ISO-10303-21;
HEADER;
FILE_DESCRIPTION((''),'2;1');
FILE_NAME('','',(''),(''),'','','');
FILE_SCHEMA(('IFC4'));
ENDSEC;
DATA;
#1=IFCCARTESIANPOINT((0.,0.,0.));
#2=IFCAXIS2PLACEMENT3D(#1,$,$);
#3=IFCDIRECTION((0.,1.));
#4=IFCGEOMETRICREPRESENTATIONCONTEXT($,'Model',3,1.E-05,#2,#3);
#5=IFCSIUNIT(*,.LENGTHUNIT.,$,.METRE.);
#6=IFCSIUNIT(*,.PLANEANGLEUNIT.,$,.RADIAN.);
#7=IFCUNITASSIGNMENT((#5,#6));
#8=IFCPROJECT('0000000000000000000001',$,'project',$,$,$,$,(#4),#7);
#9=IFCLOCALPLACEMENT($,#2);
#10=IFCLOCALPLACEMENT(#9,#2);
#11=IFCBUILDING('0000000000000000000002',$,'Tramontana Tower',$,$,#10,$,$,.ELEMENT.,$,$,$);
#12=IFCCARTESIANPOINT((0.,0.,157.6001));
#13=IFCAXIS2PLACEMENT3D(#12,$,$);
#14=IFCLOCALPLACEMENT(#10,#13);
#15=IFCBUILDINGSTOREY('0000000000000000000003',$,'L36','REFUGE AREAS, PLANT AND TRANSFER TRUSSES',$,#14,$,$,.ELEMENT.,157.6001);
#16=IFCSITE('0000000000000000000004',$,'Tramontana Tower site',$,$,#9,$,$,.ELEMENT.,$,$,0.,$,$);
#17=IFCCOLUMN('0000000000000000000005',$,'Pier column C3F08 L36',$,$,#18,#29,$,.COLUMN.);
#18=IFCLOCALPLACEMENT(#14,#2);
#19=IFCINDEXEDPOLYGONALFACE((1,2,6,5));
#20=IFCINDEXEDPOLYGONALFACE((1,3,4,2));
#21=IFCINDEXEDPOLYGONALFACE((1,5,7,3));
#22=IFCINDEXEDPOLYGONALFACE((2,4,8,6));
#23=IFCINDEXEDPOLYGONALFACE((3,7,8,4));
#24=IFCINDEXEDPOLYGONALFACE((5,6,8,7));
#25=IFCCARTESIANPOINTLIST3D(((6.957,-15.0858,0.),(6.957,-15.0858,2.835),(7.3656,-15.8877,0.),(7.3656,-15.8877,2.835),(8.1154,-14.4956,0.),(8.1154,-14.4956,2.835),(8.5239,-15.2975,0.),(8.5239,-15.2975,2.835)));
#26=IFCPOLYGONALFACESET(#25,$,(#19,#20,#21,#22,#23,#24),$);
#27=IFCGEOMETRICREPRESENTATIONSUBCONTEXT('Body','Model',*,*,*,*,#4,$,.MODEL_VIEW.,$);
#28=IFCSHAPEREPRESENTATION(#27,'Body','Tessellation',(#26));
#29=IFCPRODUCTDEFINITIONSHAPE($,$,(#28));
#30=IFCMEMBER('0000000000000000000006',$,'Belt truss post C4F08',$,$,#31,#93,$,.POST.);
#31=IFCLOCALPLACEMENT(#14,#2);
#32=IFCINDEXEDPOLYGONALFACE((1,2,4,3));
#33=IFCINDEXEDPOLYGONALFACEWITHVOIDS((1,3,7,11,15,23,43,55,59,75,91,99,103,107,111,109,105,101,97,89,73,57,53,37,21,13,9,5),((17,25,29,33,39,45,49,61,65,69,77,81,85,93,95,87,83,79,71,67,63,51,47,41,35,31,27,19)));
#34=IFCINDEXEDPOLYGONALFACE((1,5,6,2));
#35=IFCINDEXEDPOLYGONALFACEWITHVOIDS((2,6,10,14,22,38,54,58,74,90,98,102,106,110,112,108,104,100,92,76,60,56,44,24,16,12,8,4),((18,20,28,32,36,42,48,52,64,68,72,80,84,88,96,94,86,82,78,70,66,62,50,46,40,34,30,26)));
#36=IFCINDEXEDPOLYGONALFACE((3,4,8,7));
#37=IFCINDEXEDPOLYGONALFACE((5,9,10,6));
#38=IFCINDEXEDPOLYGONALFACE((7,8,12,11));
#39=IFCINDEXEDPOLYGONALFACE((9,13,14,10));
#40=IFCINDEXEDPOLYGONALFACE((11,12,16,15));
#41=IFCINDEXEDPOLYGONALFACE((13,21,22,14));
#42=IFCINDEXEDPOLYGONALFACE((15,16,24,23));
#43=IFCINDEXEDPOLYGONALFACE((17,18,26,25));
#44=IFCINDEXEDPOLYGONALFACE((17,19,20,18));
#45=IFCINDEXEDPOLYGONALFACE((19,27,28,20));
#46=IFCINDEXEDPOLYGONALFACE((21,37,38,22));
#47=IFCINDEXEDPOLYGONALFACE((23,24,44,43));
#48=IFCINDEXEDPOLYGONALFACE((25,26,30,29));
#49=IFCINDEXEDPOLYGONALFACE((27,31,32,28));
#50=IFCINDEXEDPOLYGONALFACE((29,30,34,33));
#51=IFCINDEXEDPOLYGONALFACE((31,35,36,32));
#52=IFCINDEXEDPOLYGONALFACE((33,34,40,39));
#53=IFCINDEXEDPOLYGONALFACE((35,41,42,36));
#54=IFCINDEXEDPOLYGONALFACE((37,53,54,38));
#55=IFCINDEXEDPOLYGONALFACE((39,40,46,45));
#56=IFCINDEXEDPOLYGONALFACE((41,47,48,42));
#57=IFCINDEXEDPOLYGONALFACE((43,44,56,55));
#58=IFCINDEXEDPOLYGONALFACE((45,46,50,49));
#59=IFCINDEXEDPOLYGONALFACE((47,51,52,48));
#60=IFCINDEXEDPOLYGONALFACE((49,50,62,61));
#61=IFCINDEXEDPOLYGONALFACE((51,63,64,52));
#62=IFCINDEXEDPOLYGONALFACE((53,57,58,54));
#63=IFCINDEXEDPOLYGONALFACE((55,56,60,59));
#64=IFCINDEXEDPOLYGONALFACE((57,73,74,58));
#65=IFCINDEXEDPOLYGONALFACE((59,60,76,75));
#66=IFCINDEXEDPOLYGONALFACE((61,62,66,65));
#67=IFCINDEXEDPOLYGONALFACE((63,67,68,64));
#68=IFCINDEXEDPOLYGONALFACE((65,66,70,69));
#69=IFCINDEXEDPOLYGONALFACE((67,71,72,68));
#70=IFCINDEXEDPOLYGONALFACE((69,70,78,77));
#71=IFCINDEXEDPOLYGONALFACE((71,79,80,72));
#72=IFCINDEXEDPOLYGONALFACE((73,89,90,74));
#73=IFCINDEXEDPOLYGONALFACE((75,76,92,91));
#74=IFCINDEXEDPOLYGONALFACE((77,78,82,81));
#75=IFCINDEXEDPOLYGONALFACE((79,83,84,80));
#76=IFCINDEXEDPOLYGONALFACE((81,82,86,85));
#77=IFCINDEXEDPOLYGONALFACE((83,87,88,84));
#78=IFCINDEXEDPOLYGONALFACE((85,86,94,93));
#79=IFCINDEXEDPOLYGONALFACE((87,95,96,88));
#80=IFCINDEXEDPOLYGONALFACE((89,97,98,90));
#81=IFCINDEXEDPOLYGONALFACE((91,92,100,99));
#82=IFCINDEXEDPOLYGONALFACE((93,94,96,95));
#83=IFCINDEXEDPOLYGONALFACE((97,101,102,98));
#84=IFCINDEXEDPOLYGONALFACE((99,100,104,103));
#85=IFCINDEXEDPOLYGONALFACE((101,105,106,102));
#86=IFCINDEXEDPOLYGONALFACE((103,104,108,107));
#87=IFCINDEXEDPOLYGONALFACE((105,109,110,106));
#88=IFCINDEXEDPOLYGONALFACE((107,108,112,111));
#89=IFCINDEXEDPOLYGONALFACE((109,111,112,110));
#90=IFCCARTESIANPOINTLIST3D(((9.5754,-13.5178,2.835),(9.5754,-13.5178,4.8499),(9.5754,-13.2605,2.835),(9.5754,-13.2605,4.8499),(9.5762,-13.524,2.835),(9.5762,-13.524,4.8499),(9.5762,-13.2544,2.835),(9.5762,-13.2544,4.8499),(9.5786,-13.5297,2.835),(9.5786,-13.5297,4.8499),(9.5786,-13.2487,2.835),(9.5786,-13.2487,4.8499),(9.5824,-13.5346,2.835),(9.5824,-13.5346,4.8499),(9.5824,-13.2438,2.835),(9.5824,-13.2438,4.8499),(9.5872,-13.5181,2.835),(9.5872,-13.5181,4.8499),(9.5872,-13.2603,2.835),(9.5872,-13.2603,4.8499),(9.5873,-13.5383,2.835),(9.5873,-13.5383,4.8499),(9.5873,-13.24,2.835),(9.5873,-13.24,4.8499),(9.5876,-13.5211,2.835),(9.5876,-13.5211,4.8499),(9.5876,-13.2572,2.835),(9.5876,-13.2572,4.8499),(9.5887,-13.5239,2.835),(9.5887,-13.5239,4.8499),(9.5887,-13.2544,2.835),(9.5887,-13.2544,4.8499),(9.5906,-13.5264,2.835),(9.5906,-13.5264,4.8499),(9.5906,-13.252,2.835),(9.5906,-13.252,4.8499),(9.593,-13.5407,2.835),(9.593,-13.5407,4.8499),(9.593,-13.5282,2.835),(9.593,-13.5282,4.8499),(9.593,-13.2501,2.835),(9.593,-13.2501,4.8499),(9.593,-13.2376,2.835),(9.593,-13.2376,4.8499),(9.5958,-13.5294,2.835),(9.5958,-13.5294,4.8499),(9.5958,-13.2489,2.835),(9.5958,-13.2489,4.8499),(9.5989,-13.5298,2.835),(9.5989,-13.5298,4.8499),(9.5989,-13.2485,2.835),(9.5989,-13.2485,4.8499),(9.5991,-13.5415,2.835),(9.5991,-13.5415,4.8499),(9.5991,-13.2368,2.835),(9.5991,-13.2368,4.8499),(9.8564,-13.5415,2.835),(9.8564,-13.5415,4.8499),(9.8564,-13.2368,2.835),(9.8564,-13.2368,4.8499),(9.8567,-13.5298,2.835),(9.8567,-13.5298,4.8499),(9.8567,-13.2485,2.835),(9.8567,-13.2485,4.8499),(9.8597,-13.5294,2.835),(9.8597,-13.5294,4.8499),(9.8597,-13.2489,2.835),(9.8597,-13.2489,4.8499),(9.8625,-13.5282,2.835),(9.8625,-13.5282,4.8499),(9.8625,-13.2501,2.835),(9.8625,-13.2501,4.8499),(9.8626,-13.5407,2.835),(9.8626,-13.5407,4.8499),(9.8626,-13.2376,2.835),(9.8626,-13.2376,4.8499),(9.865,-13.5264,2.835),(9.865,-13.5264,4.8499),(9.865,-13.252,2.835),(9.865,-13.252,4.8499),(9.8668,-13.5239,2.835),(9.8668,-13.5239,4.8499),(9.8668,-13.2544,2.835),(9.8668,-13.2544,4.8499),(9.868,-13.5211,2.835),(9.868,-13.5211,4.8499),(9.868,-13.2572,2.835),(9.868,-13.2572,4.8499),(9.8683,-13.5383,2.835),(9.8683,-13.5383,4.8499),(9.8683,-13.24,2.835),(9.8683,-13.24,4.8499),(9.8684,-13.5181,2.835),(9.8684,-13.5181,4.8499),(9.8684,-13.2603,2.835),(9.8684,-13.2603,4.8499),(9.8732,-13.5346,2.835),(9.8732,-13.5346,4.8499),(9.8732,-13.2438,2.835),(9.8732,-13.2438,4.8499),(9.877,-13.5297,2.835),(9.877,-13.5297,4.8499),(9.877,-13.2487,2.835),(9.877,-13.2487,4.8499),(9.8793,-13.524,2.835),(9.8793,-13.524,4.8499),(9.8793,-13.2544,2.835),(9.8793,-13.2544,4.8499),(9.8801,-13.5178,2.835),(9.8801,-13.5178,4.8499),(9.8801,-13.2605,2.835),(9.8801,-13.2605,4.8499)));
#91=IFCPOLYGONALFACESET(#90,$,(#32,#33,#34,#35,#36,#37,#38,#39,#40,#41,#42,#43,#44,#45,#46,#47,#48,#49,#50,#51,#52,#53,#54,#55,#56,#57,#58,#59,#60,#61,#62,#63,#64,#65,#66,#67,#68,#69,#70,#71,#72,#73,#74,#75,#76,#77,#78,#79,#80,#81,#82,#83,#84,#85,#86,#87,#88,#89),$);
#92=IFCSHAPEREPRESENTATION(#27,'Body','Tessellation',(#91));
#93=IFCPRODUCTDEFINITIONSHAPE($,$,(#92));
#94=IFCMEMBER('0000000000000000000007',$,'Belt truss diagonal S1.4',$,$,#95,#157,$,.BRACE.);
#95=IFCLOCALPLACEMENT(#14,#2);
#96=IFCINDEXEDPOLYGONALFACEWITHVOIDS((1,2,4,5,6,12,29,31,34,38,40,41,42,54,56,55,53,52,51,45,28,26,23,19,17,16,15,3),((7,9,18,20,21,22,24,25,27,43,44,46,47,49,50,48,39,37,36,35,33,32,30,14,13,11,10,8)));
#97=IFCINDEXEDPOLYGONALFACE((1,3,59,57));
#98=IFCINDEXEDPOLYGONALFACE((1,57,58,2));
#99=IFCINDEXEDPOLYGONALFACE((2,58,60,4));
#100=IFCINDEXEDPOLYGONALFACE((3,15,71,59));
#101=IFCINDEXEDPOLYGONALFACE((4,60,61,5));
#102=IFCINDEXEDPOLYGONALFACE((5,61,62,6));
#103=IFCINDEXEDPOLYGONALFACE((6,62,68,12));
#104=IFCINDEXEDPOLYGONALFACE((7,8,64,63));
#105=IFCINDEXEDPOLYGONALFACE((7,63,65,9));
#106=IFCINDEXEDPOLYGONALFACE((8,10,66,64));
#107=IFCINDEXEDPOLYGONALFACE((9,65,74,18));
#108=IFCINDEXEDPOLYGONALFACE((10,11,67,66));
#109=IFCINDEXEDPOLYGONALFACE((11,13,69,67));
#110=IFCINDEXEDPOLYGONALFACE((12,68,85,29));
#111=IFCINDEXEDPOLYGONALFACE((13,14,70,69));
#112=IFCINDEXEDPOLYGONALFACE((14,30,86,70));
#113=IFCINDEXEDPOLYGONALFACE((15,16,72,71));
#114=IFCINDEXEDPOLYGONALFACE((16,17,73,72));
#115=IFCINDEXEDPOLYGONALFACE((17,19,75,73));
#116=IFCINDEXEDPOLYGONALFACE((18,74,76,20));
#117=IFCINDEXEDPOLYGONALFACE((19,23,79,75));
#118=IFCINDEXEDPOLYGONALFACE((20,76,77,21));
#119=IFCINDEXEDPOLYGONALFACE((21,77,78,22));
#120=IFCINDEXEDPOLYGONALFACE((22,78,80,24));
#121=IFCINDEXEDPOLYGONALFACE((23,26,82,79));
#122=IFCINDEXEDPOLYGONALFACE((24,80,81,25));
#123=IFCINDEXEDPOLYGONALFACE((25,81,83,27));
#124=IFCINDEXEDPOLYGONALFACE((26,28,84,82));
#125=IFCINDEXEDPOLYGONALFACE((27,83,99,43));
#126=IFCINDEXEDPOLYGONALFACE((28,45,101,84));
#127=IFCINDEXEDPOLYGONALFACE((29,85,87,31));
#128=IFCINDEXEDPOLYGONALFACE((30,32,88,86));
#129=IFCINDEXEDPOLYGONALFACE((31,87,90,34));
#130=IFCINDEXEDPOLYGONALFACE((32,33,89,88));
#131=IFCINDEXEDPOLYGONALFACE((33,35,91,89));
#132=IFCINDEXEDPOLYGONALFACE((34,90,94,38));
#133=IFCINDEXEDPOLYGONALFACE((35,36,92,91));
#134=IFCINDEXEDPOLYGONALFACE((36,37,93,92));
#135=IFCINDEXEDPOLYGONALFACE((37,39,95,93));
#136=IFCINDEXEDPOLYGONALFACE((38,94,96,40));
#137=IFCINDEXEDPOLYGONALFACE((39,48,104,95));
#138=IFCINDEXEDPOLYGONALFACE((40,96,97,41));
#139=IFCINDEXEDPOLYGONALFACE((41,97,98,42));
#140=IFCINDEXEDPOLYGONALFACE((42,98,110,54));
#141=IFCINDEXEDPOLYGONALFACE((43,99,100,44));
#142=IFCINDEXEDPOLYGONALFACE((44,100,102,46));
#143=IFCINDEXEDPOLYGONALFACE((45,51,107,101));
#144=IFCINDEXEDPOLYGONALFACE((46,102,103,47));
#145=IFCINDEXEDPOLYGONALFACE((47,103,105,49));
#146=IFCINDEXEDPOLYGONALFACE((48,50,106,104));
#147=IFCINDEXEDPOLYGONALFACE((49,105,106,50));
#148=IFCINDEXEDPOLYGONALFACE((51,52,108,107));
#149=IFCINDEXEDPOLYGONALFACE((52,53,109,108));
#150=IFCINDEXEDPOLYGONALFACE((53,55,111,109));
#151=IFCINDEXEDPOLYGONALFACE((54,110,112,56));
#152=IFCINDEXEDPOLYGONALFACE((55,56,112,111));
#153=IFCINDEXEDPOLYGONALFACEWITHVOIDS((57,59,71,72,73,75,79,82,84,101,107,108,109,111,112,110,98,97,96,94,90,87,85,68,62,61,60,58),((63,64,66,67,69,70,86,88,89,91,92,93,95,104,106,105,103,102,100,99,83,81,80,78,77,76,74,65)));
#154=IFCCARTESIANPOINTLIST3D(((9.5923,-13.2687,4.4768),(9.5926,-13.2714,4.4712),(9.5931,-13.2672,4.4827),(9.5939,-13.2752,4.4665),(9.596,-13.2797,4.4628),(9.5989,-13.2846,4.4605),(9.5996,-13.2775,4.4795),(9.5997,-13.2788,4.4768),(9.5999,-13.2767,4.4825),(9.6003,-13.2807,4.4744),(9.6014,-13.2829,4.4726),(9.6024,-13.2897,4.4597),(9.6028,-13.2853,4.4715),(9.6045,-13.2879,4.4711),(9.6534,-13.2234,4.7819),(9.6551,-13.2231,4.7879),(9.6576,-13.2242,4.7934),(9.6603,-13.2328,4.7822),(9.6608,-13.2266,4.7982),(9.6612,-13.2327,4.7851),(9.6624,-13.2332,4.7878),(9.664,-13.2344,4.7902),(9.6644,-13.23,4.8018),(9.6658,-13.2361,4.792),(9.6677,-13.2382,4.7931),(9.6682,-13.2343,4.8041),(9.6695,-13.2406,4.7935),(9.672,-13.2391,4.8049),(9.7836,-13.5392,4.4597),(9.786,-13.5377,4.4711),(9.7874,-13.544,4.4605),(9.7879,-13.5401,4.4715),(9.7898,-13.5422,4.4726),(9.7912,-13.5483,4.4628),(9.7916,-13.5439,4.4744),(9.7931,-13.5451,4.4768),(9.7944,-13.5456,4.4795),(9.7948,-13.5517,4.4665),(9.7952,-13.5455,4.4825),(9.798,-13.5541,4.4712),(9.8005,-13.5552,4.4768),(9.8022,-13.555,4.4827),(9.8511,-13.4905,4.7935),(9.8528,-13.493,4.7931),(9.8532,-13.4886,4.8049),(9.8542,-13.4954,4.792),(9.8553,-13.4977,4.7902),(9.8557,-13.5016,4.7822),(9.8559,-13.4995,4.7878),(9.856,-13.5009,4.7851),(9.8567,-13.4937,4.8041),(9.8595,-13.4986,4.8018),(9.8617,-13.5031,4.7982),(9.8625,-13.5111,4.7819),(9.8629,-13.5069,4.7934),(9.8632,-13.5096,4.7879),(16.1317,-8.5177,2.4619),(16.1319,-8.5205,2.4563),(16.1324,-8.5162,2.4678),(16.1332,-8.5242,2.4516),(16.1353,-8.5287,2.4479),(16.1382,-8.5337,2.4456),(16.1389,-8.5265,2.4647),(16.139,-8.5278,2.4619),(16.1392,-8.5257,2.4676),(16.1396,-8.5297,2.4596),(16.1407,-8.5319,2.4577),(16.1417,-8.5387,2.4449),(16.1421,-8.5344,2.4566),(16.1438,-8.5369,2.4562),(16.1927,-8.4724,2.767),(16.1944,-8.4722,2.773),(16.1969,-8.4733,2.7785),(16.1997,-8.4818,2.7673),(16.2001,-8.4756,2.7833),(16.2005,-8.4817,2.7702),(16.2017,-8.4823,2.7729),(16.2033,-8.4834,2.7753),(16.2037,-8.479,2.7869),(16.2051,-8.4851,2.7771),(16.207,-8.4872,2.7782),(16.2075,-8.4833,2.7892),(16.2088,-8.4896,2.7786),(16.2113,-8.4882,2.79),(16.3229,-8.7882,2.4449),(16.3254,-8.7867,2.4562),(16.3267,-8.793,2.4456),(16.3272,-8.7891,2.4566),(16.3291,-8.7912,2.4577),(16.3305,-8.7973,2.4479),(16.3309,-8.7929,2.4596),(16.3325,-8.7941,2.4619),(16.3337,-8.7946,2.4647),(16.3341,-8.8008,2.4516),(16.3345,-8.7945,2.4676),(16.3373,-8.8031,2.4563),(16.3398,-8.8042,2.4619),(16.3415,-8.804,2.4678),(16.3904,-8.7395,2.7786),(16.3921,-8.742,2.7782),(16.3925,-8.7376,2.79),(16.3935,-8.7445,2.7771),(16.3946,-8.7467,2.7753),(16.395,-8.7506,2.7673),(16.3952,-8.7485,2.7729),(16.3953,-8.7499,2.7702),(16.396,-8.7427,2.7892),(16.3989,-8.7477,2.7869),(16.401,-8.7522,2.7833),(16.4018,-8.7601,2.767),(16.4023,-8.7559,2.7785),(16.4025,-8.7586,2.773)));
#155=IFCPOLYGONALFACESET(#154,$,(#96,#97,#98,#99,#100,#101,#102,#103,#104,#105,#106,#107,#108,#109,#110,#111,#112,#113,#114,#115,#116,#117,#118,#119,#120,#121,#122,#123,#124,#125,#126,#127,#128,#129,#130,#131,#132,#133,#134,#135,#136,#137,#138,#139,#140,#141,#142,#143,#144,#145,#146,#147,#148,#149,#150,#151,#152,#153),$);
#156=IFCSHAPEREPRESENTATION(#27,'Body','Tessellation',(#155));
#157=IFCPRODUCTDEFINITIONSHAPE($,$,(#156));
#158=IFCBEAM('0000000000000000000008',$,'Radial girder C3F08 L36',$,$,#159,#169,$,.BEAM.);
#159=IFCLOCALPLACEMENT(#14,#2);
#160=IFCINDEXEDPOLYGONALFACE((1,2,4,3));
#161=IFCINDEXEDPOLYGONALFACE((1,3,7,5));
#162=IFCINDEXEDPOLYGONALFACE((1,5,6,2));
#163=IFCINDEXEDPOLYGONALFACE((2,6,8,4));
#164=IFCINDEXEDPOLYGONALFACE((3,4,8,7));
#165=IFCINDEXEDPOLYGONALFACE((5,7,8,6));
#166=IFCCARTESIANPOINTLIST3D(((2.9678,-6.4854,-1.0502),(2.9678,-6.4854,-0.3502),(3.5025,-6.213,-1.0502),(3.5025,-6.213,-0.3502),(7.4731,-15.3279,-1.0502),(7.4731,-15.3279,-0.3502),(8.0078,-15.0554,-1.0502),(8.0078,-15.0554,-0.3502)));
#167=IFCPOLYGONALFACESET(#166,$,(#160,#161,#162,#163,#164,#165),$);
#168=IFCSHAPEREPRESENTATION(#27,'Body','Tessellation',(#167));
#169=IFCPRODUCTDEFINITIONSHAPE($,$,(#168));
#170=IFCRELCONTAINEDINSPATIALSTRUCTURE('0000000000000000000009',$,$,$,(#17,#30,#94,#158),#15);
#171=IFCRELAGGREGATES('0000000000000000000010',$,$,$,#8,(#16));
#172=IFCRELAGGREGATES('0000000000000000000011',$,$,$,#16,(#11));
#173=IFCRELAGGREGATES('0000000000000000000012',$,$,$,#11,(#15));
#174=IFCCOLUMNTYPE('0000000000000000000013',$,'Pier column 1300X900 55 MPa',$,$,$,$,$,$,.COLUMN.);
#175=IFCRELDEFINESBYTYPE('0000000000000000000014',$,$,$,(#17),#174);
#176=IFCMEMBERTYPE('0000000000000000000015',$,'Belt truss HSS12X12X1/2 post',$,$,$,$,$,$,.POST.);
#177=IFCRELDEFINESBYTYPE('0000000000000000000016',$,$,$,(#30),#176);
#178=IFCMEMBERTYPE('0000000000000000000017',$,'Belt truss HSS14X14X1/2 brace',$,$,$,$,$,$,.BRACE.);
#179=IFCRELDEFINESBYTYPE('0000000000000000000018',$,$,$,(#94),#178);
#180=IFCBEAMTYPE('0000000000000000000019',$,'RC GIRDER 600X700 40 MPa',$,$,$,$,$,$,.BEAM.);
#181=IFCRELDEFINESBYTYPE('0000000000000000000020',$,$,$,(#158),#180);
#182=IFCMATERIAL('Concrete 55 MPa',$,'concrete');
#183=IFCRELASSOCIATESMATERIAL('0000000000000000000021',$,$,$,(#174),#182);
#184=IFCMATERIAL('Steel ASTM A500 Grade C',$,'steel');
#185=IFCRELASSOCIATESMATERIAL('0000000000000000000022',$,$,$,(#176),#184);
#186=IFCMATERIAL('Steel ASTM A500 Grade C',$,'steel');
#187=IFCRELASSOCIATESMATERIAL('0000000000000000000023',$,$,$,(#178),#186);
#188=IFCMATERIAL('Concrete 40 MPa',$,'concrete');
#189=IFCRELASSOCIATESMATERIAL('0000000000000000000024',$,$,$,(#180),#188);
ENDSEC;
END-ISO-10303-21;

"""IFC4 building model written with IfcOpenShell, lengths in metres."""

from ifc_helpers import new_model, si_unit, direction, frame, origin, origin_2d, place, context, subcontext, project, spatial, rectangle, hollow_rectangle, extrude, material, material_profile, profile_set, type_object, element, save


model = new_model("IFC4")

# Units and contexts
model_context = context("Model", 3, precision=1e-05, world=origin(), true_north=direction((0.0, 1.0)))
body_context = subcontext(model_context, "Body", "Model", "MODEL_VIEW")
ifc_project = project(units=[si_unit("LENGTHUNIT", "METRE"), si_unit("PLANEANGLEUNIT", "RADIAN")], contexts=[model_context])

# Site, building, storey
site_placement = place(None, origin())
site = spatial("IfcSite", under=ifc_project, at=site_placement, Name="Tramontana Tower site", CompositionType="ELEMENT", RefElevation=0.0)
building_placement = place(site_placement, origin())
building = spatial("IfcBuilding", under=site, at=building_placement, Name="Tramontana Tower", CompositionType="ELEMENT")
storey_placement = place(building_placement, frame((0.0, 0.0, 157.6001)))
storey = spatial("IfcBuildingStorey", under=building, at=storey_placement, Name="L36", Description="REFUGE AREAS, PLANT AND TRANSFER TRUSSES", CompositionType="ELEMENT", Elevation=157.6001)

# Column
ifc_material_1 = material(Name="Concrete 55 MPa", Category="concrete")
ifc_material_profile_1 = material_profile(ifc_material_1, rectangle(XDim=1.3, YDim=0.8999, at=origin_2d()), Name="Pier column 1300X900 55 MPa")
ifc_profile_set_1 = profile_set([ifc_material_profile_1], Name="Concrete 55 MPa")
column_type = type_object("IfcColumnType", Name="Pier column 1300X900 55 MPa", PredefinedType="COLUMN", material=ifc_profile_set_1)
column_placement = place(storey_placement, frame((7.7405, -15.1917, 0.0), z_axis=(0.0, 0.0, 1.0), x_axis=(0.891007, 0.45399, 0.0)))
element("IfcColumn", 1, at=column_placement, inside=storey, type_object=column_type, Name="Pier column C3F08 L36", PredefinedType="COLUMN", context=body_context, shape_type="SweptSolid", body=[
    extrude(rectangle(XDim=1.3, YDim=0.8999, at=origin_2d()), origin(), (0.0, 0.0, 1.0), 2.835),
])

# Members
ifc_material_2 = material(Name="Steel ASTM A500 Grade C", Category="steel")
ifc_material_profile_2 = material_profile(ifc_material_2, hollow_rectangle(XDim=0.3047, YDim=0.3047, WallThickness=0.0117, InnerFilletRadius=0.0117, OuterFilletRadius=0.0237, at=origin_2d()), Name="HSS12X12X1/2")
ifc_profile_set_2 = profile_set([ifc_material_profile_2], Name="Steel ASTM A500 Grade C")
member_type_1 = type_object("IfcMemberType", Name="Belt truss HSS12X12X1/2 post", PredefinedType="POST", material=ifc_profile_set_2)
member_1_placement = place(storey_placement, frame((9.7278, -13.3892, 2.835), z_axis=(0.0, 0.0, 1.0), x_axis=(1.0, 0.0, 0.0)))
element("IfcMember", 2, at=member_1_placement, inside=storey, type_object=member_type_1, Name="Belt truss post C4F08", PredefinedType="POST", context=body_context, shape_type="SweptSolid", body=[
    extrude(hollow_rectangle(XDim=0.3047, YDim=0.3047, WallThickness=0.0117, InnerFilletRadius=0.0117, OuterFilletRadius=0.0237, at=origin_2d()), origin(), (0.0, 0.0, 1.0), 2.0149),
])
ifc_material_3 = material(Name="Steel ASTM A500 Grade C", Category="steel")
ifc_material_profile_3 = material_profile(ifc_material_3, hollow_rectangle(XDim=0.3557, YDim=0.3557, WallThickness=0.0117, InnerFilletRadius=0.0117, OuterFilletRadius=0.0237, at=origin_2d()), Name="HSS14X14X1/2")
ifc_profile_set_3 = profile_set([ifc_material_profile_3], Name="Steel ASTM A500 Grade C")
member_type_2 = type_object("IfcMemberType", Name="Belt truss HSS14X14X1/2 brace", PredefinedType="BRACE", material=ifc_profile_set_3)
member_2_placement = place(storey_placement, frame((9.7278, -13.3892, 4.6323), z_axis=(0.785001, 0.570324, -0.241875), x_axis=(-0.587777, 0.809023, 0.0)))
element("IfcMember", 3, at=member_2_placement, inside=storey, type_object=member_type_2, Name="Belt truss diagonal S1.4", PredefinedType="BRACE", context=body_context, shape_type="SweptSolid", body=[
    extrude(hollow_rectangle(XDim=0.3557, YDim=0.3557, WallThickness=0.0117, InnerFilletRadius=0.0117, OuterFilletRadius=0.0237, at=origin_2d()), origin(), (0.0, 0.0, 1.0), 8.3303),
])

# Beam
ifc_material_4 = material(Name="Concrete 40 MPa", Category="concrete")
ifc_material_profile_4 = material_profile(ifc_material_4, rectangle(XDim=0.6001, YDim=0.7, at=origin_2d()), Name="RC GIRDER 600X700 40 MPa")
ifc_profile_set_4 = profile_set([ifc_material_profile_4], Name="Concrete 40 MPa")
beam_type = type_object("IfcBeamType", Name="RC GIRDER 600X700 40 MPa", PredefinedType="BEAM", material=ifc_profile_set_4)
beam_placement = place(storey_placement, frame((7.7405, -15.1917, -0.7002), z_axis=(-0.453981, 0.891012, 0.0), x_axis=(-0.891012, -0.453981, 0.0)))
element("IfcBeam", 4, at=beam_placement, inside=storey, type_object=beam_type, Name="Radial girder C3F08 L36", PredefinedType="BEAM", context=body_context, shape_type="SweptSolid", body=[
    extrude(rectangle(XDim=0.6001, YDim=0.7, at=origin_2d()), origin(), (0.0, 0.0, 1.0), 9.9241),
])

save(model, "model.ifc")
